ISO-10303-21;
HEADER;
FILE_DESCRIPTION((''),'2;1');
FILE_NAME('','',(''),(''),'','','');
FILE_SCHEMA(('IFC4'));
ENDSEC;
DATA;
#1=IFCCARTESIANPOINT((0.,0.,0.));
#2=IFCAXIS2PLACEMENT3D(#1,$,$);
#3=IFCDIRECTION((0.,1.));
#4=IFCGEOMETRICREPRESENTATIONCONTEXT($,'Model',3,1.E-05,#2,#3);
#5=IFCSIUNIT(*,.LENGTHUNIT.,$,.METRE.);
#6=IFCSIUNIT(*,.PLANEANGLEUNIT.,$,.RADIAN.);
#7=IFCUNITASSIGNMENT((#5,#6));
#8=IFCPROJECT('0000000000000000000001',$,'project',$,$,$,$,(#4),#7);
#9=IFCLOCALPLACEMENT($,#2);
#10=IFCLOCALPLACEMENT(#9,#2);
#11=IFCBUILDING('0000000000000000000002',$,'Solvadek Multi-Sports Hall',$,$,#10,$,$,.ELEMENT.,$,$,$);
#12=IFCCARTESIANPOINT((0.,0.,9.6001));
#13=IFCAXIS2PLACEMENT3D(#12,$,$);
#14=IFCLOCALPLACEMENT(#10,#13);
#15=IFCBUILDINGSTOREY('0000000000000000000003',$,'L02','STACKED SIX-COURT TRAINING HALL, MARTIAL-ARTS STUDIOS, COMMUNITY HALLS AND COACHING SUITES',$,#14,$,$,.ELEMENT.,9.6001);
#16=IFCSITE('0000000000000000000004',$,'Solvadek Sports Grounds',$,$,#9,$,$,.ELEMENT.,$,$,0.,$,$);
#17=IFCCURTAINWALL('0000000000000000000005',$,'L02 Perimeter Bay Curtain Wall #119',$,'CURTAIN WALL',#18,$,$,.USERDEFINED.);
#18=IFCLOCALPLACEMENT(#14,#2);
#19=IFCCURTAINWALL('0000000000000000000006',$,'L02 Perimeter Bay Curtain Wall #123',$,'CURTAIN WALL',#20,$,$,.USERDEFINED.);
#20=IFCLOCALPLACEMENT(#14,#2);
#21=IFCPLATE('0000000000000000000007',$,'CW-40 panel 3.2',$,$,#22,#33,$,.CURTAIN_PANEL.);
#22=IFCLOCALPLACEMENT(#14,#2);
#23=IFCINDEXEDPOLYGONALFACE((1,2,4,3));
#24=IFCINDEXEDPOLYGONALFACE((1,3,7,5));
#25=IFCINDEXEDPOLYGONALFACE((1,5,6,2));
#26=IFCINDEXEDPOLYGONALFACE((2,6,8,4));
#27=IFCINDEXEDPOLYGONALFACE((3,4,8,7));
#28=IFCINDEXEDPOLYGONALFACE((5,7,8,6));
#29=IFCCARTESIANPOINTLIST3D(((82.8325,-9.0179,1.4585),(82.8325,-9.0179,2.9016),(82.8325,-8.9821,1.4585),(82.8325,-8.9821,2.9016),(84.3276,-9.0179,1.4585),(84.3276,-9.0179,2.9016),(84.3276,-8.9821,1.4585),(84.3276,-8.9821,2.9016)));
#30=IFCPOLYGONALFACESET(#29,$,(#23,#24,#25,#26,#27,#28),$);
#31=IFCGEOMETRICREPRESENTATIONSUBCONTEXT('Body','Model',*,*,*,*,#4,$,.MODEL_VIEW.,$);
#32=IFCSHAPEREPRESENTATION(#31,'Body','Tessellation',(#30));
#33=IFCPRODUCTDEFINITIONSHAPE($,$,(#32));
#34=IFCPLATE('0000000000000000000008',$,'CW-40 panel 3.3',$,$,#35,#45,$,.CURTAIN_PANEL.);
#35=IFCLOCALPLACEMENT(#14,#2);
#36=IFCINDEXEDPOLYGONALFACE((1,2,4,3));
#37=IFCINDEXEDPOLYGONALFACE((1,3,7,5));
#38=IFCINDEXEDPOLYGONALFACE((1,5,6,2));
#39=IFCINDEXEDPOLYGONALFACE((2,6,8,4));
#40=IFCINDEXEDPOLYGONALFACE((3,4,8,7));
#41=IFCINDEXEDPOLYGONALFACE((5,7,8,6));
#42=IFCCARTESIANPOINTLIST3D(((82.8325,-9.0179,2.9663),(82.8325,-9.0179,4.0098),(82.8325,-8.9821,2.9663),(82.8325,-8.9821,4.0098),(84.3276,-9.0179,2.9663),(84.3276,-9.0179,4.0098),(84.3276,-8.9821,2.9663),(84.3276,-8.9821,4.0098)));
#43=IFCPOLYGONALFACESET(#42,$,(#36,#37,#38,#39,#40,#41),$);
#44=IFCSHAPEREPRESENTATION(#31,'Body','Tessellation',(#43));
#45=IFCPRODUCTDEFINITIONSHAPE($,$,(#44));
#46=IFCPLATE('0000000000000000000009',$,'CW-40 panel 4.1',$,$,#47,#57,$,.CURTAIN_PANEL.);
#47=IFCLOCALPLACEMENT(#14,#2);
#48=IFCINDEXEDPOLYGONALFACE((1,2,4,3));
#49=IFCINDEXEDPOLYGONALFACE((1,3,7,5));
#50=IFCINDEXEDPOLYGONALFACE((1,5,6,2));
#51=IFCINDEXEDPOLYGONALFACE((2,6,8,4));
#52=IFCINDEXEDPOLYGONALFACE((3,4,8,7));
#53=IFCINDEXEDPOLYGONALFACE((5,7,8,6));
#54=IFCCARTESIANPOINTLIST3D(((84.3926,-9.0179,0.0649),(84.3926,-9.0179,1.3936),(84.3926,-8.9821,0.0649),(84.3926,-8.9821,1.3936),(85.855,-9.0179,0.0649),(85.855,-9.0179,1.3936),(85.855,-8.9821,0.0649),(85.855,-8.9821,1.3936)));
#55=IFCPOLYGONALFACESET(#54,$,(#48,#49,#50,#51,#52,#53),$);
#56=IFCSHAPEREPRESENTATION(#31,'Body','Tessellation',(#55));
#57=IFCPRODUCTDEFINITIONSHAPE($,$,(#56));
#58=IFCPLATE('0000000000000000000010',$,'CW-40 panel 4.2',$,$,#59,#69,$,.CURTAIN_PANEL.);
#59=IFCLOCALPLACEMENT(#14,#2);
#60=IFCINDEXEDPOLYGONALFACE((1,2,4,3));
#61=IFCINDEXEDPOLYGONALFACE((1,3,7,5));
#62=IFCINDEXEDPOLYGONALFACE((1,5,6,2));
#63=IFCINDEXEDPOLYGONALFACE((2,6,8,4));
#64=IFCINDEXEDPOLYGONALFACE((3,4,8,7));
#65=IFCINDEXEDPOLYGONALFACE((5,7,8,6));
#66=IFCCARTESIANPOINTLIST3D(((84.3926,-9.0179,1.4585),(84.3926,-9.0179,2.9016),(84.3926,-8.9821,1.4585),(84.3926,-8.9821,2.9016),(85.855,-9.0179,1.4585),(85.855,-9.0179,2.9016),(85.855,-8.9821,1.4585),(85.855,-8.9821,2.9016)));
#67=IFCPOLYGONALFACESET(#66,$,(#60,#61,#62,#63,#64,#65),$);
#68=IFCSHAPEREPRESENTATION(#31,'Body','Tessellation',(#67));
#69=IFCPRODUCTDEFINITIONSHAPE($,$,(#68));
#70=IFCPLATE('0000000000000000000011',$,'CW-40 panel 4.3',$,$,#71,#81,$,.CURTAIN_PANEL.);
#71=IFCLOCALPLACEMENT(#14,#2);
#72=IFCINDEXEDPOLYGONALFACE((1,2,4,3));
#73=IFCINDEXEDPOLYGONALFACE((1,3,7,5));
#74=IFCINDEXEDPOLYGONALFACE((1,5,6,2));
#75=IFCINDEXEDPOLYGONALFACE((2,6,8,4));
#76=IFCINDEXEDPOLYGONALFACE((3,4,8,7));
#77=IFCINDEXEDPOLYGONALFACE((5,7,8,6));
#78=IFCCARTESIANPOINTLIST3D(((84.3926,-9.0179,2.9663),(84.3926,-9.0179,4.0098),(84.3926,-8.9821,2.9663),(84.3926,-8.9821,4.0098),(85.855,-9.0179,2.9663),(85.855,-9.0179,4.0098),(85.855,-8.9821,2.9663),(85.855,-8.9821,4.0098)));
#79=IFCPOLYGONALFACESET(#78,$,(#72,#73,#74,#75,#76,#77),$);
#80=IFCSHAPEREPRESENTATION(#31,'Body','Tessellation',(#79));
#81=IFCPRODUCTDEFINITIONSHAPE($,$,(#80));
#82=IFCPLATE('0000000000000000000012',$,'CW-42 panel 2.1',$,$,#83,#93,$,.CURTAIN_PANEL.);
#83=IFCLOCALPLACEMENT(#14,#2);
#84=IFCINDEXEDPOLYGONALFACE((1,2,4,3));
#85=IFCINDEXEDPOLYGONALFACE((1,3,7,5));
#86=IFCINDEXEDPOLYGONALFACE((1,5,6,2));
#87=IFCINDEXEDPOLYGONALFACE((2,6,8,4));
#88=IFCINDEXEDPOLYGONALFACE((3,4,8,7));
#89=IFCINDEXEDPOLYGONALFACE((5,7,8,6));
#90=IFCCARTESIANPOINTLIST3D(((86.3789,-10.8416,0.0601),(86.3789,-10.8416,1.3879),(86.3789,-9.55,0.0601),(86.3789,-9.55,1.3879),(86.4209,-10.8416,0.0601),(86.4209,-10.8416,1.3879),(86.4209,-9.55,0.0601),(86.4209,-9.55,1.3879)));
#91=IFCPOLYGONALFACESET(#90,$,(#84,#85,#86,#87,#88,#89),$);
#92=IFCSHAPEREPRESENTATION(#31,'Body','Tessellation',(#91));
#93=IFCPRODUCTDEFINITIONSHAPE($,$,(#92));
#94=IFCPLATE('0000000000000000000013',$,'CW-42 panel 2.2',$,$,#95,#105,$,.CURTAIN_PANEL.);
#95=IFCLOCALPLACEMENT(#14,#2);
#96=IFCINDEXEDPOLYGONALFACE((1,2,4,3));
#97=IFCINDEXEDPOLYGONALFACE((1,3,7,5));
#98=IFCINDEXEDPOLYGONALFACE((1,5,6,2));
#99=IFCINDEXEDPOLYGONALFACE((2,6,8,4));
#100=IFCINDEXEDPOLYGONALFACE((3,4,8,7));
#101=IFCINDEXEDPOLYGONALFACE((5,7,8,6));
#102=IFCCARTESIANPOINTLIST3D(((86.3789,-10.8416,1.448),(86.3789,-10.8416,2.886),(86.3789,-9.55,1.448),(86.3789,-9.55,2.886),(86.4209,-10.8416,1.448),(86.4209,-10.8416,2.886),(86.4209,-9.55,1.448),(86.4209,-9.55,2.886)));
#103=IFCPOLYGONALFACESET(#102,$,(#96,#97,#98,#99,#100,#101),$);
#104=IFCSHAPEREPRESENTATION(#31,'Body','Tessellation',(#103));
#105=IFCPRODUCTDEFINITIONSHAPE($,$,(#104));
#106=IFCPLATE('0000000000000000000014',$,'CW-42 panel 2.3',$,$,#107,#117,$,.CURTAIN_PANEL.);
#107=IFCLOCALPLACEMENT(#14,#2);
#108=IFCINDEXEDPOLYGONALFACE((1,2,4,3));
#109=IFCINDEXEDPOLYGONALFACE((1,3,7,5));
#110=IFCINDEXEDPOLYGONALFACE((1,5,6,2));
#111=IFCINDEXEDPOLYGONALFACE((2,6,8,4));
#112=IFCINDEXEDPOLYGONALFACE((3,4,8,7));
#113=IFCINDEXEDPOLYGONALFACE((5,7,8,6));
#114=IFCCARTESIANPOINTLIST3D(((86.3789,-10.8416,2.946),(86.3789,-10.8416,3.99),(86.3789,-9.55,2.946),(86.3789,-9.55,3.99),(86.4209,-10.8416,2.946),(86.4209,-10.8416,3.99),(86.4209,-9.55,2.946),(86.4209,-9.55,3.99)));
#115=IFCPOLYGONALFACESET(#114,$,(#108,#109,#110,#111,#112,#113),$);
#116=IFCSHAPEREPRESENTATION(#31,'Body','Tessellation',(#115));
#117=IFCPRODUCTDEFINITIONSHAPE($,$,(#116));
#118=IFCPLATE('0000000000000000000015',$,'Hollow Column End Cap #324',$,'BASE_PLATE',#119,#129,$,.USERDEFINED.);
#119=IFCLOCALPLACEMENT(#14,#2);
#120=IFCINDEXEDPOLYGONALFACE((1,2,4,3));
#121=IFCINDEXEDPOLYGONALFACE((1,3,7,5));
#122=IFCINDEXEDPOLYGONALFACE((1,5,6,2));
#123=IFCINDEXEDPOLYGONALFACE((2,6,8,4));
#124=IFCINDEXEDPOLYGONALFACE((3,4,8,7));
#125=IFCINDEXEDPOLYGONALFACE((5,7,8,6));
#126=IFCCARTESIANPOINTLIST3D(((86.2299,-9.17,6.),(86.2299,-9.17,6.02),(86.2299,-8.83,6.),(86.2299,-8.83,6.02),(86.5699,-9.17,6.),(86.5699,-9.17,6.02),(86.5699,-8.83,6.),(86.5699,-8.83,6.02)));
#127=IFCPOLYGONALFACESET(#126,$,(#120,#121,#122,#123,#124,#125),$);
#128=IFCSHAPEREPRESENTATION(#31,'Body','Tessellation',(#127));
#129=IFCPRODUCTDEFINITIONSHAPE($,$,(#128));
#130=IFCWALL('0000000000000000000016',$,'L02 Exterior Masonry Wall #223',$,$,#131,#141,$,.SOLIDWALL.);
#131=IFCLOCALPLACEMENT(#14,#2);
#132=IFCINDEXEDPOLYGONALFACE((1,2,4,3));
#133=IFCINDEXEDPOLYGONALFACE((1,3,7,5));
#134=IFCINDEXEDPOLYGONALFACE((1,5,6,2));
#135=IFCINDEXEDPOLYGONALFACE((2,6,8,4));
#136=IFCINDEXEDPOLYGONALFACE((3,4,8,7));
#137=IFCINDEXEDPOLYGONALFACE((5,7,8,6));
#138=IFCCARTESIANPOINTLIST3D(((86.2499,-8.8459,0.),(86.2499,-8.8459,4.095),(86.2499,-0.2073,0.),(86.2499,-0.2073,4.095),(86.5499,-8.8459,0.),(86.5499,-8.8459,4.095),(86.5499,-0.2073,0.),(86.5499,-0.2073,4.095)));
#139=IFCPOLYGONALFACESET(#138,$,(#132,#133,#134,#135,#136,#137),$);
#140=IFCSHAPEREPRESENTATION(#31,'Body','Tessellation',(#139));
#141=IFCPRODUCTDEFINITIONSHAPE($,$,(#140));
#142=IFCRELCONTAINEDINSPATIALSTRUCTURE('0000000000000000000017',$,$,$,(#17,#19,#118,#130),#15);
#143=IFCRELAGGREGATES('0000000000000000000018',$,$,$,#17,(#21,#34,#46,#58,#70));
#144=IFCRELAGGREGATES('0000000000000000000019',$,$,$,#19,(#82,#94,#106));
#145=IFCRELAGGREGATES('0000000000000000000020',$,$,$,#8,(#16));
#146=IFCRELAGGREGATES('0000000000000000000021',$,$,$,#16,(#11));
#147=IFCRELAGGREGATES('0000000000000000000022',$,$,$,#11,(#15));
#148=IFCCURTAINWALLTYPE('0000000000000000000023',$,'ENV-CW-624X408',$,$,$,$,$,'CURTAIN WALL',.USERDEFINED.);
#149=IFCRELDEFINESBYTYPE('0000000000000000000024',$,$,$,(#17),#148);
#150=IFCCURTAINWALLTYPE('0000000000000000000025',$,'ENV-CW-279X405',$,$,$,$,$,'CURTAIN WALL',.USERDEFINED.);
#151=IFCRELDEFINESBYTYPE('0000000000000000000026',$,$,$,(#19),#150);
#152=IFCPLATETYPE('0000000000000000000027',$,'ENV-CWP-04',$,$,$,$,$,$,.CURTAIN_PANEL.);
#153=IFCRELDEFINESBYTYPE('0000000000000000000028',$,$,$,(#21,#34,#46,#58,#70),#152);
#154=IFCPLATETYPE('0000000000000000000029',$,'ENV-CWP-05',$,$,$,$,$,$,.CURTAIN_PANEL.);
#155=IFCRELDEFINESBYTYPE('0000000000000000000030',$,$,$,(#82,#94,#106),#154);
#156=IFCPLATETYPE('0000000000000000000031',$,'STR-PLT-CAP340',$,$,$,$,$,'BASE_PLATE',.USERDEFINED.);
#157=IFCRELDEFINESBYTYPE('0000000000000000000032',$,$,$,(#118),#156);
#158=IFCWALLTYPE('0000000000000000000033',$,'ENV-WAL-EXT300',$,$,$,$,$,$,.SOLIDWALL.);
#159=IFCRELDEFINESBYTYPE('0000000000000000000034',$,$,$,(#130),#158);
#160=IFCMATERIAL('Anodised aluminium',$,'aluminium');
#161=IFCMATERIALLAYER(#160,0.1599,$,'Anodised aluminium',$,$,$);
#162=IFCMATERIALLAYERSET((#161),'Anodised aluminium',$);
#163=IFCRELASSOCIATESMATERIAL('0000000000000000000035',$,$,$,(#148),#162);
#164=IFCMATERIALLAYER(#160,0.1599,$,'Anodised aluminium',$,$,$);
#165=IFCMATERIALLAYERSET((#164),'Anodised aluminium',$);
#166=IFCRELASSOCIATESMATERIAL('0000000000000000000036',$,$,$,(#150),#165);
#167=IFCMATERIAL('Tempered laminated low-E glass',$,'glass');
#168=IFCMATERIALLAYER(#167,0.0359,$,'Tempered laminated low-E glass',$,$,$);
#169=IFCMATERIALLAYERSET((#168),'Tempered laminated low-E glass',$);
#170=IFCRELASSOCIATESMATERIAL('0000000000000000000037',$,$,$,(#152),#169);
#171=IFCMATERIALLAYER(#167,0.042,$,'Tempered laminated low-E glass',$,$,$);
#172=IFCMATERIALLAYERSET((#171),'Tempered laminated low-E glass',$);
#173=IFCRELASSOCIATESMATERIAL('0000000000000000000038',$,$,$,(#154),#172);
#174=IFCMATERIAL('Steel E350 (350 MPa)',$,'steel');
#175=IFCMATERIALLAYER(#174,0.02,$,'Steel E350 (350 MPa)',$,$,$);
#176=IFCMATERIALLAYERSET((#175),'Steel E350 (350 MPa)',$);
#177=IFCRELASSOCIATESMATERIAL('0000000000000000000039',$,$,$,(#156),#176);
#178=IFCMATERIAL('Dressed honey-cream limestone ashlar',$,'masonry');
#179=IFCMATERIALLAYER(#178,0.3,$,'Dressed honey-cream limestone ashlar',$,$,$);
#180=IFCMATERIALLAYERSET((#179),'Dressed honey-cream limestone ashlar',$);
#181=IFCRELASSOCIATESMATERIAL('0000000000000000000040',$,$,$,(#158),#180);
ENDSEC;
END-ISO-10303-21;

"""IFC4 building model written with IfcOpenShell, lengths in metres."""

from ifc_helpers import new_model, si_unit, direction, frame, frame_2d, origin, origin_2d, place, context, subcontext, project, spatial, rectangle, extrude, material, layer, layer_set, type_object, element, aggregate, save


model = new_model("IFC4")

# Units and contexts
model_context = context("Model", 3, precision=1e-05, world=origin(), true_north=direction((0.0, 1.0)))
body_context = subcontext(model_context, "Body", "Model", "MODEL_VIEW")
ifc_project = project(units=[si_unit("LENGTHUNIT", "METRE"), si_unit("PLANEANGLEUNIT", "RADIAN")], contexts=[model_context])

# Site, building, storey
site_placement = place(None, origin())
site = spatial("IfcSite", under=ifc_project, at=site_placement, Name="Solvadek Sports Grounds", CompositionType="ELEMENT", RefElevation=0.0)
building_placement = place(site_placement, origin())
building = spatial("IfcBuilding", under=site, at=building_placement, Name="Solvadek Multi-Sports Hall", CompositionType="ELEMENT")
storey_placement = place(building_placement, frame((0.0, 0.0, 9.6001)))
storey = spatial("IfcBuildingStorey", under=building, at=storey_placement, Name="L02", Description="STACKED SIX-COURT TRAINING HALL, MARTIAL-ARTS STUDIOS, COMMUNITY HALLS AND COACHING SUITES", CompositionType="ELEMENT", Elevation=9.6001)

# Shared definitions
ifc_material_1 = material(Name="Steel E350 (350 MPa)", Category="steel")

# Curtain walls
ifc_material_2 = material(Name="Anodised aluminium", Category="aluminium")
ifc_layer_1 = layer(ifc_material_2, 0.1599, Name="Anodised aluminium")
ifc_layer_set_1 = layer_set([ifc_layer_1], Name="Anodised aluminium")
curtain_wall_type_1 = type_object("IfcCurtainWallType", Name="ENV-CW-624X408", ElementType="CURTAIN WALL", PredefinedType="USERDEFINED", material=ifc_layer_set_1)
curtain_wall_1_placement = place(storey_placement, origin())
curtain_wall_1 = element("IfcCurtainWall", 1, at=curtain_wall_1_placement, inside=storey, type_object=curtain_wall_type_1, Name="L02 Perimeter Bay Curtain Wall #119", ObjectType="CURTAIN WALL", PredefinedType="USERDEFINED")
ifc_layer_2 = layer(ifc_material_2, 0.1599, Name="Anodised aluminium")
ifc_layer_set_2 = layer_set([ifc_layer_2], Name="Anodised aluminium")
curtain_wall_type_2 = type_object("IfcCurtainWallType", Name="ENV-CW-279X405", ElementType="CURTAIN WALL", PredefinedType="USERDEFINED", material=ifc_layer_set_2)
curtain_wall_2_placement = place(storey_placement, origin())
curtain_wall_2 = element("IfcCurtainWall", 2, at=curtain_wall_2_placement, inside=storey, type_object=curtain_wall_type_2, Name="L02 Perimeter Bay Curtain Wall #123", ObjectType="CURTAIN WALL", PredefinedType="USERDEFINED")

# Plates
ifc_material_3 = material(Name="Tempered laminated low-E glass", Category="glass")
ifc_layer_3 = layer(ifc_material_3, 0.0359, Name="Tempered laminated low-E glass")
ifc_layer_set_3 = layer_set([ifc_layer_3], Name="Tempered laminated low-E glass")
plate_type_1 = type_object("IfcPlateType", Name="ENV-CWP-04", PredefinedType="CURTAIN_PANEL", material=ifc_layer_set_3)
plate_1_placement = place(storey_placement, frame((83.5801, -9.0, 1.4585), z_axis=(0.0, 0.0, 1.0), x_axis=(1.0, 0.0, 0.0)))
plate_1 = element("IfcPlate", 3, at=plate_1_placement, type_object=plate_type_1, Name="CW-40 panel 3.2", PredefinedType="CURTAIN_PANEL", context=body_context, shape_type="SweptSolid", body=[
    extrude(rectangle(XDim=1.4951, YDim=0.0359, at=origin_2d()), origin(), (0.0, 0.0, 1.0), 1.4431),
])
plate_2_placement = place(storey_placement, frame((83.5801, -9.0, 2.9663), z_axis=(0.0, 0.0, 1.0), x_axis=(1.0, 0.0, 0.0)))
plate_2 = element("IfcPlate", 4, at=plate_2_placement, type_object=plate_type_1, Name="CW-40 panel 3.3", PredefinedType="CURTAIN_PANEL", context=body_context, shape_type="SweptSolid", body=[
    extrude(rectangle(XDim=1.4951, YDim=0.0359, at=origin_2d()), origin(), (0.0, 0.0, 1.0), 1.0435),
])
plate_3_placement = place(storey_placement, frame((85.1238, -9.0, 0.0649), z_axis=(0.0, 0.0, 1.0), x_axis=(1.0, 0.0, 0.0)))
plate_3 = element("IfcPlate", 5, at=plate_3_placement, type_object=plate_type_1, Name="CW-40 panel 4.1", PredefinedType="CURTAIN_PANEL", context=body_context, shape_type="SweptSolid", body=[
    extrude(rectangle(XDim=1.4624, YDim=0.0359, at=origin_2d()), origin(), (0.0, 0.0, 1.0), 1.3286),
])
plate_4_placement = place(storey_placement, frame((85.1238, -9.0, 1.4585), z_axis=(0.0, 0.0, 1.0), x_axis=(1.0, 0.0, 0.0)))
plate_4 = element("IfcPlate", 6, at=plate_4_placement, type_object=plate_type_1, Name="CW-40 panel 4.2", PredefinedType="CURTAIN_PANEL", context=body_context, shape_type="SweptSolid", body=[
    extrude(rectangle(XDim=1.4624, YDim=0.0359, at=origin_2d()), origin(), (0.0, 0.0, 1.0), 1.4431),
])
plate_5_placement = place(storey_placement, frame((85.1238, -9.0, 2.9663), z_axis=(0.0, 0.0, 1.0), x_axis=(1.0, 0.0, 0.0)))
plate_5 = element("IfcPlate", 7, at=plate_5_placement, type_object=plate_type_1, Name="CW-40 panel 4.3", PredefinedType="CURTAIN_PANEL", context=body_context, shape_type="SweptSolid", body=[
    extrude(rectangle(XDim=1.4624, YDim=0.0359, at=origin_2d()), origin(), (0.0, 0.0, 1.0), 1.0435),
])
aggregate(curtain_wall_1, [plate_1, plate_2, plate_3, plate_4, plate_5])
ifc_layer_4 = layer(ifc_material_3, 0.042, Name="Tempered laminated low-E glass")
ifc_layer_set_4 = layer_set([ifc_layer_4], Name="Tempered laminated low-E glass")
plate_type_2 = type_object("IfcPlateType", Name="ENV-CWP-05", PredefinedType="CURTAIN_PANEL", material=ifc_layer_set_4)
plate_6_placement = place(storey_placement, frame((86.3999, -10.1958, 0.0601), z_axis=(0.0, 0.0, 1.0), x_axis=(0.0, 1.0, 0.0)))
plate_6 = element("IfcPlate", 8, at=plate_6_placement, type_object=plate_type_2, Name="CW-42 panel 2.1", PredefinedType="CURTAIN_PANEL", context=body_context, shape_type="SweptSolid", body=[
    extrude(rectangle(XDim=1.2915, YDim=0.042, at=origin_2d()), origin(), (0.0, 0.0, 1.0), 1.3279),
])
plate_7_placement = place(storey_placement, frame((86.3999, -10.1958, 1.448), z_axis=(0.0, 0.0, 1.0), x_axis=(0.0, 1.0, 0.0)))
plate_7 = element("IfcPlate", 9, at=plate_7_placement, type_object=plate_type_2, Name="CW-42 panel 2.2", PredefinedType="CURTAIN_PANEL", context=body_context, shape_type="SweptSolid", body=[
    extrude(rectangle(XDim=1.2915, YDim=0.042, at=origin_2d()), origin(), (0.0, 0.0, 1.0), 1.438),
])
plate_8_placement = place(storey_placement, frame((86.3999, -10.1958, 2.946), z_axis=(0.0, 0.0, 1.0), x_axis=(0.0, 1.0, 0.0)))
plate_8 = element("IfcPlate", 10, at=plate_8_placement, type_object=plate_type_2, Name="CW-42 panel 2.3", PredefinedType="CURTAIN_PANEL", context=body_context, shape_type="SweptSolid", body=[
    extrude(rectangle(XDim=1.2915, YDim=0.042, at=origin_2d()), origin(), (0.0, 0.0, 1.0), 1.0439),
])
aggregate(curtain_wall_2, [plate_6, plate_7, plate_8])
ifc_layer_5 = layer(ifc_material_1, 0.02, Name="Steel E350 (350 MPa)")
ifc_layer_set_5 = layer_set([ifc_layer_5], Name="Steel E350 (350 MPa)")
plate_type_3 = type_object("IfcPlateType", Name="STR-PLT-CAP340", ElementType="BASE_PLATE", PredefinedType="USERDEFINED", material=ifc_layer_set_5)
plate_9_placement = place(storey_placement, frame((86.3999, -9.0, 6.0), z_axis=(0.0, 0.0, 1.0), x_axis=(1.0, 0.0, 0.0)))
element("IfcPlate", 11, at=plate_9_placement, inside=storey, type_object=plate_type_3, Name="Hollow Column End Cap #324", ObjectType="BASE_PLATE", PredefinedType="USERDEFINED", context=body_context, shape_type="SweptSolid", body=[
    extrude(rectangle(XDim=0.3401, YDim=0.3401, at=origin_2d()), origin(), (0.0, 0.0, 1.0), 0.02),
])

# Wall
ifc_material_4 = material(Name="Dressed honey-cream limestone ashlar", Category="masonry")
ifc_layer_6 = layer(ifc_material_4, 0.3, Name="Dressed honey-cream limestone ashlar")
ifc_layer_set_6 = layer_set([ifc_layer_6], Name="Dressed honey-cream limestone ashlar")
wall_type = type_object("IfcWallType", Name="ENV-WAL-EXT300", PredefinedType="SOLIDWALL", material=ifc_layer_set_6)
wall_placement = place(storey_placement, frame((86.3999, -8.8459, 0.0), z_axis=(0.0, 0.0, 1.0), x_axis=(0.0, 1.0, 0.0)))
element("IfcWall", 12, at=wall_placement, inside=storey, type_object=wall_type, Name="L02 Exterior Masonry Wall #223", PredefinedType="SOLIDWALL", context=body_context, shape_type="SweptSolid", body=[
    extrude(rectangle(XDim=8.6387, YDim=0.3, at=frame_2d((4.3193, 0.0))), origin(), (0.0, 0.0, 1.0), 4.095),
])

save(model, "model.ifc")
